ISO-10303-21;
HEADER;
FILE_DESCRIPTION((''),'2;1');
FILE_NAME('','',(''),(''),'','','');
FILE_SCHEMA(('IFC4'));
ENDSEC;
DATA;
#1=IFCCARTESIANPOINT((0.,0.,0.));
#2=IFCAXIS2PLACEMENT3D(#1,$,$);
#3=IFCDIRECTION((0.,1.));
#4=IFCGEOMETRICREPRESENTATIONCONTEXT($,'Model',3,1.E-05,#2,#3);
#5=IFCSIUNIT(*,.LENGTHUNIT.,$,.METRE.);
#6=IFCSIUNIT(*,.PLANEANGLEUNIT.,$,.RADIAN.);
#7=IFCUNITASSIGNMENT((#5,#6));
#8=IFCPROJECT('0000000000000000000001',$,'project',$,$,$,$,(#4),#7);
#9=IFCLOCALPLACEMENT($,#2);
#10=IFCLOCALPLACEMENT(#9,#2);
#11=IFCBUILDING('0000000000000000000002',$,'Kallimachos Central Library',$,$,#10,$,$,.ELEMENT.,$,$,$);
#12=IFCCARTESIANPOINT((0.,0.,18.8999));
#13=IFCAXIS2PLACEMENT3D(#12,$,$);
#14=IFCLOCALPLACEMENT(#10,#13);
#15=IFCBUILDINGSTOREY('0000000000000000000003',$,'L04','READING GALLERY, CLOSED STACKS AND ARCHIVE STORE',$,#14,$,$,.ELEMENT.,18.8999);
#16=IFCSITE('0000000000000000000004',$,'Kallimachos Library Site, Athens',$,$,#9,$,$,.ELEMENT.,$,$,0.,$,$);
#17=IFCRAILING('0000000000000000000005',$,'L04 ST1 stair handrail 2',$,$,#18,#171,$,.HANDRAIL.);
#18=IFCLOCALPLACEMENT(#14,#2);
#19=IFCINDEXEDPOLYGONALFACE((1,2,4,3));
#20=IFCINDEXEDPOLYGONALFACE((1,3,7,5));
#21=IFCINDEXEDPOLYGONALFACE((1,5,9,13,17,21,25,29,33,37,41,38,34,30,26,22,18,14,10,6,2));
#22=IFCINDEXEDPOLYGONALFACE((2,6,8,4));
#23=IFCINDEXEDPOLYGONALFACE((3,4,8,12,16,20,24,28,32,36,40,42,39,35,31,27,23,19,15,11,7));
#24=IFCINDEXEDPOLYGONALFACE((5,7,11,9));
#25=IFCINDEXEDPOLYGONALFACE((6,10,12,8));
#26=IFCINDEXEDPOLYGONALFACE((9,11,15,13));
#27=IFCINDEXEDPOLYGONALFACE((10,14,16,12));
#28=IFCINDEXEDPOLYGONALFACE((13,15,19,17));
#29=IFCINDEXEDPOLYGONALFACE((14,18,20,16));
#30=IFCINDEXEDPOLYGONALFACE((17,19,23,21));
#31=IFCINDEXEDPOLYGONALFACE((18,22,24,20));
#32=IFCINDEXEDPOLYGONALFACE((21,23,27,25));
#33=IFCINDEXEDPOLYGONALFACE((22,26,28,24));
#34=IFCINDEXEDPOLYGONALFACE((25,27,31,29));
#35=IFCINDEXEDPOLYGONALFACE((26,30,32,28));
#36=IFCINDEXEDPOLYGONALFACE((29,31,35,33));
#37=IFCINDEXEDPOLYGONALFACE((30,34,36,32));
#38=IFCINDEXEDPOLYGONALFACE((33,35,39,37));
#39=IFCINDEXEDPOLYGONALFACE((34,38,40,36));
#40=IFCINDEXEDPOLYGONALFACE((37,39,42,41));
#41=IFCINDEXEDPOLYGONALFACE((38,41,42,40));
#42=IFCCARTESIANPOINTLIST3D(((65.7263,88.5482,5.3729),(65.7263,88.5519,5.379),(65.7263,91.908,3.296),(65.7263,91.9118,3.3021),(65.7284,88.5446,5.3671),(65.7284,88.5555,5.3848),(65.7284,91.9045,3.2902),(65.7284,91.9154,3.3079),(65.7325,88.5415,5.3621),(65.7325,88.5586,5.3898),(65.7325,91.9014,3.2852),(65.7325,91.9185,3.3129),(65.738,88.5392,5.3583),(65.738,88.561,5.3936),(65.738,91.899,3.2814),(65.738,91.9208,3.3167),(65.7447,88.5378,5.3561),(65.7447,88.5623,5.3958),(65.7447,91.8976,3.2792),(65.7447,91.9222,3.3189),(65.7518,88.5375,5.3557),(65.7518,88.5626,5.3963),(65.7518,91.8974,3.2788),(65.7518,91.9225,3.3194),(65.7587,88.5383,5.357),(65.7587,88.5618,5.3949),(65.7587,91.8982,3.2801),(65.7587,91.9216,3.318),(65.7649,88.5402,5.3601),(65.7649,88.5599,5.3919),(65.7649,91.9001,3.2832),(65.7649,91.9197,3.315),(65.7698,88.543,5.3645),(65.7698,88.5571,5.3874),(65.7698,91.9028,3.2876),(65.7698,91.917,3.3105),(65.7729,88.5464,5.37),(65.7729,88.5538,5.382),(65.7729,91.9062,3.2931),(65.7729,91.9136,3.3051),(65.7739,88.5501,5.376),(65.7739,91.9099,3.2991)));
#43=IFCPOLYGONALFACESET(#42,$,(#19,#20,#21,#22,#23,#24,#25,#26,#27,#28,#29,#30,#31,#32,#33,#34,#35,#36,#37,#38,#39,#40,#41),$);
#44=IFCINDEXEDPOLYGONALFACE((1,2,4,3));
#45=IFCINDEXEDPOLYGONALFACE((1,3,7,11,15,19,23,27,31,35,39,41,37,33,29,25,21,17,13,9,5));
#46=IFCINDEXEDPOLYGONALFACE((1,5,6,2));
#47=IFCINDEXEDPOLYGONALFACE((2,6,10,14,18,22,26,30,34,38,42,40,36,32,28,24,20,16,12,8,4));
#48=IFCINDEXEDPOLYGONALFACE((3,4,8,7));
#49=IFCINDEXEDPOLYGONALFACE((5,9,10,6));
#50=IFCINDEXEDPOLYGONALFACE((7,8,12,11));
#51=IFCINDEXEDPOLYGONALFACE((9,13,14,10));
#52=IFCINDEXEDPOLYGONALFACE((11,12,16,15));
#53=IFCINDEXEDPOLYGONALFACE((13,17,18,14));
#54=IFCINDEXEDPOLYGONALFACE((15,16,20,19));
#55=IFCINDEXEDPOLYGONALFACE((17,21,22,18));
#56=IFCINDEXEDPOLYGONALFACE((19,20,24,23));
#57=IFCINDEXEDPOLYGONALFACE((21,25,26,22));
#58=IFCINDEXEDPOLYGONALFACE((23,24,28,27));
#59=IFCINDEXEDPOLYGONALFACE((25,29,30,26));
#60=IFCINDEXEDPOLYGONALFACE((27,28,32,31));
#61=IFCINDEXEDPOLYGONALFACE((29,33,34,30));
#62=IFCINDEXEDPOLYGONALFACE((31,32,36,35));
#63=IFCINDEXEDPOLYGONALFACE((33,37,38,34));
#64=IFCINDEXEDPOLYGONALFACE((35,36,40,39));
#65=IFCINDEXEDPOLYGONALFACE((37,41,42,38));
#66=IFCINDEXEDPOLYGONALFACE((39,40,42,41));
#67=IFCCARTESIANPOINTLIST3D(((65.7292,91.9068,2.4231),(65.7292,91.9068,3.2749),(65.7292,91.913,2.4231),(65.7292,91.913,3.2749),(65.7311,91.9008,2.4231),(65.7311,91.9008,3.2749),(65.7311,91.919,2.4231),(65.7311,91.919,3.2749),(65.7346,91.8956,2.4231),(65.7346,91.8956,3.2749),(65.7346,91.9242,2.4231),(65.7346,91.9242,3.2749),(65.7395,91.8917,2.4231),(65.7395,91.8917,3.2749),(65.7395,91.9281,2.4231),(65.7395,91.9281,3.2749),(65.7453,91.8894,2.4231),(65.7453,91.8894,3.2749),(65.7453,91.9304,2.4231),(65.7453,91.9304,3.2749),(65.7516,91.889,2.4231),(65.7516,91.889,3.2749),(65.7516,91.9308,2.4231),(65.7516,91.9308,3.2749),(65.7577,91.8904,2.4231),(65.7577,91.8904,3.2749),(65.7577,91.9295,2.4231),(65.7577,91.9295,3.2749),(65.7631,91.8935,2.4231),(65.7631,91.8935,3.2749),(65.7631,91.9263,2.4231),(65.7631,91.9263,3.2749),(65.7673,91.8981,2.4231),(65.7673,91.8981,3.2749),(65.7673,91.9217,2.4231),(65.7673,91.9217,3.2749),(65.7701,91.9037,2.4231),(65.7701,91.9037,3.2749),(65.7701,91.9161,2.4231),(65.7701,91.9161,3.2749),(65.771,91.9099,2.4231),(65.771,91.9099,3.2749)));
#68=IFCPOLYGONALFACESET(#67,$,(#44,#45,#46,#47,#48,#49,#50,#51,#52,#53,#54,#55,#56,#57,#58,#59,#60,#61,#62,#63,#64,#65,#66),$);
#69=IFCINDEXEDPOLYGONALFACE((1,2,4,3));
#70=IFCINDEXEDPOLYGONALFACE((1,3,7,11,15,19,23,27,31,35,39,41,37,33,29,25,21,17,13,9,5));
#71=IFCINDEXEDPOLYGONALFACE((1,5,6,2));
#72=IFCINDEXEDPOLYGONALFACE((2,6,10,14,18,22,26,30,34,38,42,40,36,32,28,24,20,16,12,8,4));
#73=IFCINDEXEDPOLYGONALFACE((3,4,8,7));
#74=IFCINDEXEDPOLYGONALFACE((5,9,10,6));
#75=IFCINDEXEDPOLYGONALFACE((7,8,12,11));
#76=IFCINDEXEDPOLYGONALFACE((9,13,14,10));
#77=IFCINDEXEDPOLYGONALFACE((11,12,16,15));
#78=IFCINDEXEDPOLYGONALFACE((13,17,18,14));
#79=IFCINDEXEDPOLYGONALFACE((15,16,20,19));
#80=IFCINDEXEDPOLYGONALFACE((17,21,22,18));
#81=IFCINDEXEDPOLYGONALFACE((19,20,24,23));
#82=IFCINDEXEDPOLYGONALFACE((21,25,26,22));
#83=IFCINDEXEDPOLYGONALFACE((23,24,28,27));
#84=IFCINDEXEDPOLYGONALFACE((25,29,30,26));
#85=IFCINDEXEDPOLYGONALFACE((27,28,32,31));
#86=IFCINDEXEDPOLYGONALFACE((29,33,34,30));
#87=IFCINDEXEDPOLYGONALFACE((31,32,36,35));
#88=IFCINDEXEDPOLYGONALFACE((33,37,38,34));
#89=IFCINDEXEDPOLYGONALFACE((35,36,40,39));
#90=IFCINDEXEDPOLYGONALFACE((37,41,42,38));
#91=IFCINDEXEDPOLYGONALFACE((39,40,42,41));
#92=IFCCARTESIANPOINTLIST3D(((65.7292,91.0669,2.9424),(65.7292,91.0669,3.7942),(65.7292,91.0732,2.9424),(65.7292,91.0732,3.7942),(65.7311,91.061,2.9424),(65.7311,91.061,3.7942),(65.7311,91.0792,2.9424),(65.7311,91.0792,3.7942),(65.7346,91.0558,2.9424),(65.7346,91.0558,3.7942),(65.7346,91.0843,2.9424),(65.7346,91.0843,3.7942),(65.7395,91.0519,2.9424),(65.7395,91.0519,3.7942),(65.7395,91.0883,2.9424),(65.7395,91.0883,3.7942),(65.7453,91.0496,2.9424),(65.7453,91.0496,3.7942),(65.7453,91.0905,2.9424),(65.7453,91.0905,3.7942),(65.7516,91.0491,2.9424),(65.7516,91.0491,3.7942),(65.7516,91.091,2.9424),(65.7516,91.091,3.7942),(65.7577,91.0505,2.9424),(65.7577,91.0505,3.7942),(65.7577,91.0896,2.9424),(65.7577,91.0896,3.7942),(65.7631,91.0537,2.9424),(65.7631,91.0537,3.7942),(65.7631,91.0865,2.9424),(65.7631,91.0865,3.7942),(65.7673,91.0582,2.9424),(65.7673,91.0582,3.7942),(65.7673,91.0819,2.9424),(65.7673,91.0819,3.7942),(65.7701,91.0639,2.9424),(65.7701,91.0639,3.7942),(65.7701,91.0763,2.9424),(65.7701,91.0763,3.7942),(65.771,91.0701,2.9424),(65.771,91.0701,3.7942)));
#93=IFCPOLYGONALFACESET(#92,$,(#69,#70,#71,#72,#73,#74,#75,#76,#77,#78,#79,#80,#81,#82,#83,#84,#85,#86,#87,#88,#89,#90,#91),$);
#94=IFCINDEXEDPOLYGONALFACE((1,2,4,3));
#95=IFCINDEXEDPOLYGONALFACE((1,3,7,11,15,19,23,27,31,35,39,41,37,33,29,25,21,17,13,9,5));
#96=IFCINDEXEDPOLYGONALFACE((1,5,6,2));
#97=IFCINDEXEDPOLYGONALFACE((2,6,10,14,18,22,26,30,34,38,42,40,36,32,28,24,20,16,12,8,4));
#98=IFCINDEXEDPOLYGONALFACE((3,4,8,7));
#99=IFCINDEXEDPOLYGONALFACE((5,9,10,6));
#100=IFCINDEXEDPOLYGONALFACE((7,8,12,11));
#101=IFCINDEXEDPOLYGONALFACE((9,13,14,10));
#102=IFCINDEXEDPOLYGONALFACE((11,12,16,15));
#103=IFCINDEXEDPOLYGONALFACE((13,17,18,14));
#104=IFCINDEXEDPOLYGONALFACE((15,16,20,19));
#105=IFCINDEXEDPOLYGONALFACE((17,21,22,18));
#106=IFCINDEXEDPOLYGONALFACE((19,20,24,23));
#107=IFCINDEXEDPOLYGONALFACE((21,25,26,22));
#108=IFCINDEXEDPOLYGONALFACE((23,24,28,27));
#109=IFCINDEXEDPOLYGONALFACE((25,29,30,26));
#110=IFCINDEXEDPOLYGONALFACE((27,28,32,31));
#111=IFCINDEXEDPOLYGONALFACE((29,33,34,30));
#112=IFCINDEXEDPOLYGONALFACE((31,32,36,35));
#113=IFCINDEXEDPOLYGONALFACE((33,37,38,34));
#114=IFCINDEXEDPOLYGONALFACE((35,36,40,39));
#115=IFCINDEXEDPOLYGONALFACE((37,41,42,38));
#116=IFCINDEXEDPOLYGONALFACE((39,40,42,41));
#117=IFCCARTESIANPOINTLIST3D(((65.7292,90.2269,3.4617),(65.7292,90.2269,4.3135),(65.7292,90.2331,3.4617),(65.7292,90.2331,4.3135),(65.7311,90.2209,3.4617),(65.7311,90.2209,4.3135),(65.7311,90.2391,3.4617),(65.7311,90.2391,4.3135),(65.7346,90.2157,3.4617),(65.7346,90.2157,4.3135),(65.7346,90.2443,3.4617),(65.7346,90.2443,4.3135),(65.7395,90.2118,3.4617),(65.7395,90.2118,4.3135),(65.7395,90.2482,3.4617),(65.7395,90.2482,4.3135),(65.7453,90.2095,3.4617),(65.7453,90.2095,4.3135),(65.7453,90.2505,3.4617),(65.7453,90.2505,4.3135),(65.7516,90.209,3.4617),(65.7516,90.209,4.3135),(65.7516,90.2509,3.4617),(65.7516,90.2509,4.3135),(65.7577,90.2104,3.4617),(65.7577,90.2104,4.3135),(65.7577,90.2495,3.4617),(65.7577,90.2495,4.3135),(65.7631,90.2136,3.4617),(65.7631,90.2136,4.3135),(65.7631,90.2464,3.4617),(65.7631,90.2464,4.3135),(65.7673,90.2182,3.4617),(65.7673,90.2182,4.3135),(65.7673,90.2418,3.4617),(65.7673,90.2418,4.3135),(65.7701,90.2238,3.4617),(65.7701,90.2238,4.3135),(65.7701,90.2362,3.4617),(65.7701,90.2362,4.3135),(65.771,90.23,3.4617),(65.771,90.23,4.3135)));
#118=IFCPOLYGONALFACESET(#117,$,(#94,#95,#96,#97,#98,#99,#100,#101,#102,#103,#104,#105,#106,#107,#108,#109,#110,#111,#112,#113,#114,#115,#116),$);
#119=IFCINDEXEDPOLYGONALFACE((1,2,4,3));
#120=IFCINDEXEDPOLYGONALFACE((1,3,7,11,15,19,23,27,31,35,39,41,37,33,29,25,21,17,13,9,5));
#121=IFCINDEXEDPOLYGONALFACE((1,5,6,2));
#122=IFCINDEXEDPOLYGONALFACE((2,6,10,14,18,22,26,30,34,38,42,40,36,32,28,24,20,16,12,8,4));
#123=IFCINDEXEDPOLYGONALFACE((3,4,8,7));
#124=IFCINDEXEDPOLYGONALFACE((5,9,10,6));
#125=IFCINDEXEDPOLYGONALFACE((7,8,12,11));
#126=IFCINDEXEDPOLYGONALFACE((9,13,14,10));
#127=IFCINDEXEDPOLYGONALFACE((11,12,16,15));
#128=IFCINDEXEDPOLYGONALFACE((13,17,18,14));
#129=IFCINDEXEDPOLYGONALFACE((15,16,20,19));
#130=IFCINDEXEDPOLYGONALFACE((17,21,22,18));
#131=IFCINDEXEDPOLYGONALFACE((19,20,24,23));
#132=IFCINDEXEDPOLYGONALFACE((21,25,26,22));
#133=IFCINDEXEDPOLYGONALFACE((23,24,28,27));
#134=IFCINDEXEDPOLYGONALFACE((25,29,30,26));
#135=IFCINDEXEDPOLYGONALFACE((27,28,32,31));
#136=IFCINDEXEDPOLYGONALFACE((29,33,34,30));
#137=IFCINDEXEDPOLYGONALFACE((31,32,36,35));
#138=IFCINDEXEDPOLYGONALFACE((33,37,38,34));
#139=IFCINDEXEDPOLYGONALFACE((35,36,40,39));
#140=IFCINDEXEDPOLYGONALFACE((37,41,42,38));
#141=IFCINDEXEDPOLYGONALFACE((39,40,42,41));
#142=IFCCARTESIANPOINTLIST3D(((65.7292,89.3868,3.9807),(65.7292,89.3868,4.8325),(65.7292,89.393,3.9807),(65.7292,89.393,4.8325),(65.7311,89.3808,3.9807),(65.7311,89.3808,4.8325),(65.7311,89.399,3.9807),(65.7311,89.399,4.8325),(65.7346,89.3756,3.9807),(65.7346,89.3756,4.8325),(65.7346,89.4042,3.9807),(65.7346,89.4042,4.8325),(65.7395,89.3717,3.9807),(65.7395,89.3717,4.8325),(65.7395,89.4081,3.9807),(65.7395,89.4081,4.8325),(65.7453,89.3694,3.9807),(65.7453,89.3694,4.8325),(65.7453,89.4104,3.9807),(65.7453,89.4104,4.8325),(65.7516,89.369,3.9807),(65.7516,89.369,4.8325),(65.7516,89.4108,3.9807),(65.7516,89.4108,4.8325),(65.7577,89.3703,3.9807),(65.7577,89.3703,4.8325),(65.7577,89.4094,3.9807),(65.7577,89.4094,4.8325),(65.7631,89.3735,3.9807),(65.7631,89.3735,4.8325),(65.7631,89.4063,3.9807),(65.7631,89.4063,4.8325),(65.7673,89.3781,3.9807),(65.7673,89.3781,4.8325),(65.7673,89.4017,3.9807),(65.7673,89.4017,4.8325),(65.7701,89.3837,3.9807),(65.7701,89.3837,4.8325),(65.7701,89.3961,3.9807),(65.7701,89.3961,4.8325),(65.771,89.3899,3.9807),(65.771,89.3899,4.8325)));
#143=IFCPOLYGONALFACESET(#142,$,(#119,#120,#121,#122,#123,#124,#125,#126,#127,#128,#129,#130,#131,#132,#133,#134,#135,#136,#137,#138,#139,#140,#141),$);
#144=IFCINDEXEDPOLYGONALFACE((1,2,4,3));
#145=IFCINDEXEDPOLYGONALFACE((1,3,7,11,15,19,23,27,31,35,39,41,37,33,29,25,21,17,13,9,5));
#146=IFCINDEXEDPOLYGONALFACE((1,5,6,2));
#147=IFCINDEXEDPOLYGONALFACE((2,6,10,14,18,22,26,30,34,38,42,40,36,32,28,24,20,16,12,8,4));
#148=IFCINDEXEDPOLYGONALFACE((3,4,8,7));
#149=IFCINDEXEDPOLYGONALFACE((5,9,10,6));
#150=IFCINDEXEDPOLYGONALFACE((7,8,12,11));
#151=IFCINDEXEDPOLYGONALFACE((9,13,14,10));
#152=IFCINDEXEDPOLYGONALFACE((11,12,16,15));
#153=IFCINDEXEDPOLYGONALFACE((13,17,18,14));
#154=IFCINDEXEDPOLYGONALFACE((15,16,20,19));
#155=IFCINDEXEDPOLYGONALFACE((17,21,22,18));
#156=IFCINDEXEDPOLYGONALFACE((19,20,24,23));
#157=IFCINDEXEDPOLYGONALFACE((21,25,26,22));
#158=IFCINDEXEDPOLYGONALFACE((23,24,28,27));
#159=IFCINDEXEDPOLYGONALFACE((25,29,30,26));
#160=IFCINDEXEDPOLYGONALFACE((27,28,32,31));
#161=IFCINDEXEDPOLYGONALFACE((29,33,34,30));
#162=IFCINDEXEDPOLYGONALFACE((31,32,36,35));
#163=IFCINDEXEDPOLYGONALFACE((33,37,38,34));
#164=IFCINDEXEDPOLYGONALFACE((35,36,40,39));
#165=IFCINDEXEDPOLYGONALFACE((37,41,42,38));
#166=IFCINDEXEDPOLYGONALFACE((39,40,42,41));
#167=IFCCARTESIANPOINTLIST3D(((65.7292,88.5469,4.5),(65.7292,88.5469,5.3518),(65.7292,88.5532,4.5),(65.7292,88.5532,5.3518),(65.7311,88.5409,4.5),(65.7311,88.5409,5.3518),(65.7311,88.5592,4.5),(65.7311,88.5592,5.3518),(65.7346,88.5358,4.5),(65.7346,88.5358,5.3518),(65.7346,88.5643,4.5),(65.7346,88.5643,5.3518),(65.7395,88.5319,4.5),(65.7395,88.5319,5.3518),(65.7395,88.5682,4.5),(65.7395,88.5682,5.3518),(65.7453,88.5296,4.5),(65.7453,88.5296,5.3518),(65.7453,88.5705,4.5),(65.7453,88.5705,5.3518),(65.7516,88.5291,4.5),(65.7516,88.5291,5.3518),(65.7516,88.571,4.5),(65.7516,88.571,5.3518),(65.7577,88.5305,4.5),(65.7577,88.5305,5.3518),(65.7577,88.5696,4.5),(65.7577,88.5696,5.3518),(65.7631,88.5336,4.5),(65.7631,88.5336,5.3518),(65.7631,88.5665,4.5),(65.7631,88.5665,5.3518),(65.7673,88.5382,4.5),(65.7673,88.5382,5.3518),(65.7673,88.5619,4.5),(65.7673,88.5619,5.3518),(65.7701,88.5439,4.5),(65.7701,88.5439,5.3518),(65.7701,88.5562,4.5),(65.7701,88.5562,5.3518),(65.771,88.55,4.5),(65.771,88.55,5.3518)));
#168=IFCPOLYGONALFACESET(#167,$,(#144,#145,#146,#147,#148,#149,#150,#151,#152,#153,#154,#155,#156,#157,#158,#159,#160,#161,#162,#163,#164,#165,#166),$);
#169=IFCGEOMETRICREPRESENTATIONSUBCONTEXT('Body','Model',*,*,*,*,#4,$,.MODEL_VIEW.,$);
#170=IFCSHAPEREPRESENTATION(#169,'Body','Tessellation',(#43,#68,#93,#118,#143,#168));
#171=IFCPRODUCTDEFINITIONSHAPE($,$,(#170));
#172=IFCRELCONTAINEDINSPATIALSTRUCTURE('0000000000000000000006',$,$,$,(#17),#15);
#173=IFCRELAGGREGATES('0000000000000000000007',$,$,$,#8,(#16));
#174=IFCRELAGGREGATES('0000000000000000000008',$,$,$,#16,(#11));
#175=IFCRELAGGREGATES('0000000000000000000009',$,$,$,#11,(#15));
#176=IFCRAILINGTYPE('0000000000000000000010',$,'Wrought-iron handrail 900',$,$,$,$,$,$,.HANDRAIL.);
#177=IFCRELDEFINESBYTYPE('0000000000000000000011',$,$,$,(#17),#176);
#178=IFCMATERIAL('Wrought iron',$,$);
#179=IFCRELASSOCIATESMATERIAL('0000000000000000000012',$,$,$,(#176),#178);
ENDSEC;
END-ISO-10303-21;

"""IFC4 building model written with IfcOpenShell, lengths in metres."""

from ifc_helpers import new_model, si_unit, direction, frame, origin, origin_2d, place, context, subcontext, project, spatial, circle, extrude, material, type_object, element, save


model = new_model("IFC4")

# Units and contexts
model_context = context("Model", 3, precision=1e-05, world=origin(), true_north=direction((0.0, 1.0)))
body_context = subcontext(model_context, "Body", "Model", "MODEL_VIEW")
ifc_project = project(units=[si_unit("LENGTHUNIT", "METRE"), si_unit("PLANEANGLEUNIT", "RADIAN")], contexts=[model_context])

# Site, building, storey
site_placement = place(None, origin())
site = spatial("IfcSite", under=ifc_project, at=site_placement, Name="Kallimachos Library Site, Athens", CompositionType="ELEMENT", RefElevation=0.0)
building_placement = place(site_placement, origin())
building = spatial("IfcBuilding", under=site, at=building_placement, Name="Kallimachos Central Library", CompositionType="ELEMENT")
storey_placement = place(building_placement, frame((0.0, 0.0, 18.8999)))
storey = spatial("IfcBuildingStorey", under=building, at=storey_placement, Name="L04", Description="READING GALLERY, CLOSED STACKS AND ARCHIVE STORE", CompositionType="ELEMENT", Elevation=18.8999)

# Railing
ifc_material_1 = material(Name="Wrought iron")
railing_type_1 = type_object("IfcRailingType", Name="Wrought-iron handrail 900", PredefinedType="HANDRAIL", material=ifc_material_1)
railing_1_placement = place(storey_placement, frame((65.75, 91.9099, 2.4231)))
element("IfcRailing", 1, at=railing_1_placement, inside=storey, type_object=railing_type_1, Name="L04 ST1 stair handrail 2", PredefinedType="HANDRAIL", context=body_context, shape_type="SweptSolid", body=[
    extrude(circle(Radius=0.0239, at=origin_2d()), frame((0.0, 0.0, 0.876), z_axis=(0.0, -0.850606, 0.525803), x_axis=(1.0, 0.0, 0.0)), (0.0, 0.0, 1.0), 3.95),
    extrude(circle(Radius=0.021, at=origin_2d()), origin(), (0.0, 0.0, 1.0), 0.8518),
    extrude(circle(Radius=0.021, at=origin_2d()), frame((0.0, -0.8398, 0.5193)), (0.0, 0.0, 1.0), 0.8518),
    extrude(circle(Radius=0.021, at=origin_2d()), frame((0.0, -1.6799, 1.0386)), (0.0, 0.0, 1.0), 0.8518),
    extrude(circle(Radius=0.021, at=origin_2d()), frame((0.0, -2.52, 1.5576)), (0.0, 0.0, 1.0), 0.8518),
    extrude(circle(Radius=0.021, at=origin_2d()), frame((0.0, -3.3599, 2.0769)), (0.0, 0.0, 1.0), 0.8518),
])

save(model, "model.ifc")
